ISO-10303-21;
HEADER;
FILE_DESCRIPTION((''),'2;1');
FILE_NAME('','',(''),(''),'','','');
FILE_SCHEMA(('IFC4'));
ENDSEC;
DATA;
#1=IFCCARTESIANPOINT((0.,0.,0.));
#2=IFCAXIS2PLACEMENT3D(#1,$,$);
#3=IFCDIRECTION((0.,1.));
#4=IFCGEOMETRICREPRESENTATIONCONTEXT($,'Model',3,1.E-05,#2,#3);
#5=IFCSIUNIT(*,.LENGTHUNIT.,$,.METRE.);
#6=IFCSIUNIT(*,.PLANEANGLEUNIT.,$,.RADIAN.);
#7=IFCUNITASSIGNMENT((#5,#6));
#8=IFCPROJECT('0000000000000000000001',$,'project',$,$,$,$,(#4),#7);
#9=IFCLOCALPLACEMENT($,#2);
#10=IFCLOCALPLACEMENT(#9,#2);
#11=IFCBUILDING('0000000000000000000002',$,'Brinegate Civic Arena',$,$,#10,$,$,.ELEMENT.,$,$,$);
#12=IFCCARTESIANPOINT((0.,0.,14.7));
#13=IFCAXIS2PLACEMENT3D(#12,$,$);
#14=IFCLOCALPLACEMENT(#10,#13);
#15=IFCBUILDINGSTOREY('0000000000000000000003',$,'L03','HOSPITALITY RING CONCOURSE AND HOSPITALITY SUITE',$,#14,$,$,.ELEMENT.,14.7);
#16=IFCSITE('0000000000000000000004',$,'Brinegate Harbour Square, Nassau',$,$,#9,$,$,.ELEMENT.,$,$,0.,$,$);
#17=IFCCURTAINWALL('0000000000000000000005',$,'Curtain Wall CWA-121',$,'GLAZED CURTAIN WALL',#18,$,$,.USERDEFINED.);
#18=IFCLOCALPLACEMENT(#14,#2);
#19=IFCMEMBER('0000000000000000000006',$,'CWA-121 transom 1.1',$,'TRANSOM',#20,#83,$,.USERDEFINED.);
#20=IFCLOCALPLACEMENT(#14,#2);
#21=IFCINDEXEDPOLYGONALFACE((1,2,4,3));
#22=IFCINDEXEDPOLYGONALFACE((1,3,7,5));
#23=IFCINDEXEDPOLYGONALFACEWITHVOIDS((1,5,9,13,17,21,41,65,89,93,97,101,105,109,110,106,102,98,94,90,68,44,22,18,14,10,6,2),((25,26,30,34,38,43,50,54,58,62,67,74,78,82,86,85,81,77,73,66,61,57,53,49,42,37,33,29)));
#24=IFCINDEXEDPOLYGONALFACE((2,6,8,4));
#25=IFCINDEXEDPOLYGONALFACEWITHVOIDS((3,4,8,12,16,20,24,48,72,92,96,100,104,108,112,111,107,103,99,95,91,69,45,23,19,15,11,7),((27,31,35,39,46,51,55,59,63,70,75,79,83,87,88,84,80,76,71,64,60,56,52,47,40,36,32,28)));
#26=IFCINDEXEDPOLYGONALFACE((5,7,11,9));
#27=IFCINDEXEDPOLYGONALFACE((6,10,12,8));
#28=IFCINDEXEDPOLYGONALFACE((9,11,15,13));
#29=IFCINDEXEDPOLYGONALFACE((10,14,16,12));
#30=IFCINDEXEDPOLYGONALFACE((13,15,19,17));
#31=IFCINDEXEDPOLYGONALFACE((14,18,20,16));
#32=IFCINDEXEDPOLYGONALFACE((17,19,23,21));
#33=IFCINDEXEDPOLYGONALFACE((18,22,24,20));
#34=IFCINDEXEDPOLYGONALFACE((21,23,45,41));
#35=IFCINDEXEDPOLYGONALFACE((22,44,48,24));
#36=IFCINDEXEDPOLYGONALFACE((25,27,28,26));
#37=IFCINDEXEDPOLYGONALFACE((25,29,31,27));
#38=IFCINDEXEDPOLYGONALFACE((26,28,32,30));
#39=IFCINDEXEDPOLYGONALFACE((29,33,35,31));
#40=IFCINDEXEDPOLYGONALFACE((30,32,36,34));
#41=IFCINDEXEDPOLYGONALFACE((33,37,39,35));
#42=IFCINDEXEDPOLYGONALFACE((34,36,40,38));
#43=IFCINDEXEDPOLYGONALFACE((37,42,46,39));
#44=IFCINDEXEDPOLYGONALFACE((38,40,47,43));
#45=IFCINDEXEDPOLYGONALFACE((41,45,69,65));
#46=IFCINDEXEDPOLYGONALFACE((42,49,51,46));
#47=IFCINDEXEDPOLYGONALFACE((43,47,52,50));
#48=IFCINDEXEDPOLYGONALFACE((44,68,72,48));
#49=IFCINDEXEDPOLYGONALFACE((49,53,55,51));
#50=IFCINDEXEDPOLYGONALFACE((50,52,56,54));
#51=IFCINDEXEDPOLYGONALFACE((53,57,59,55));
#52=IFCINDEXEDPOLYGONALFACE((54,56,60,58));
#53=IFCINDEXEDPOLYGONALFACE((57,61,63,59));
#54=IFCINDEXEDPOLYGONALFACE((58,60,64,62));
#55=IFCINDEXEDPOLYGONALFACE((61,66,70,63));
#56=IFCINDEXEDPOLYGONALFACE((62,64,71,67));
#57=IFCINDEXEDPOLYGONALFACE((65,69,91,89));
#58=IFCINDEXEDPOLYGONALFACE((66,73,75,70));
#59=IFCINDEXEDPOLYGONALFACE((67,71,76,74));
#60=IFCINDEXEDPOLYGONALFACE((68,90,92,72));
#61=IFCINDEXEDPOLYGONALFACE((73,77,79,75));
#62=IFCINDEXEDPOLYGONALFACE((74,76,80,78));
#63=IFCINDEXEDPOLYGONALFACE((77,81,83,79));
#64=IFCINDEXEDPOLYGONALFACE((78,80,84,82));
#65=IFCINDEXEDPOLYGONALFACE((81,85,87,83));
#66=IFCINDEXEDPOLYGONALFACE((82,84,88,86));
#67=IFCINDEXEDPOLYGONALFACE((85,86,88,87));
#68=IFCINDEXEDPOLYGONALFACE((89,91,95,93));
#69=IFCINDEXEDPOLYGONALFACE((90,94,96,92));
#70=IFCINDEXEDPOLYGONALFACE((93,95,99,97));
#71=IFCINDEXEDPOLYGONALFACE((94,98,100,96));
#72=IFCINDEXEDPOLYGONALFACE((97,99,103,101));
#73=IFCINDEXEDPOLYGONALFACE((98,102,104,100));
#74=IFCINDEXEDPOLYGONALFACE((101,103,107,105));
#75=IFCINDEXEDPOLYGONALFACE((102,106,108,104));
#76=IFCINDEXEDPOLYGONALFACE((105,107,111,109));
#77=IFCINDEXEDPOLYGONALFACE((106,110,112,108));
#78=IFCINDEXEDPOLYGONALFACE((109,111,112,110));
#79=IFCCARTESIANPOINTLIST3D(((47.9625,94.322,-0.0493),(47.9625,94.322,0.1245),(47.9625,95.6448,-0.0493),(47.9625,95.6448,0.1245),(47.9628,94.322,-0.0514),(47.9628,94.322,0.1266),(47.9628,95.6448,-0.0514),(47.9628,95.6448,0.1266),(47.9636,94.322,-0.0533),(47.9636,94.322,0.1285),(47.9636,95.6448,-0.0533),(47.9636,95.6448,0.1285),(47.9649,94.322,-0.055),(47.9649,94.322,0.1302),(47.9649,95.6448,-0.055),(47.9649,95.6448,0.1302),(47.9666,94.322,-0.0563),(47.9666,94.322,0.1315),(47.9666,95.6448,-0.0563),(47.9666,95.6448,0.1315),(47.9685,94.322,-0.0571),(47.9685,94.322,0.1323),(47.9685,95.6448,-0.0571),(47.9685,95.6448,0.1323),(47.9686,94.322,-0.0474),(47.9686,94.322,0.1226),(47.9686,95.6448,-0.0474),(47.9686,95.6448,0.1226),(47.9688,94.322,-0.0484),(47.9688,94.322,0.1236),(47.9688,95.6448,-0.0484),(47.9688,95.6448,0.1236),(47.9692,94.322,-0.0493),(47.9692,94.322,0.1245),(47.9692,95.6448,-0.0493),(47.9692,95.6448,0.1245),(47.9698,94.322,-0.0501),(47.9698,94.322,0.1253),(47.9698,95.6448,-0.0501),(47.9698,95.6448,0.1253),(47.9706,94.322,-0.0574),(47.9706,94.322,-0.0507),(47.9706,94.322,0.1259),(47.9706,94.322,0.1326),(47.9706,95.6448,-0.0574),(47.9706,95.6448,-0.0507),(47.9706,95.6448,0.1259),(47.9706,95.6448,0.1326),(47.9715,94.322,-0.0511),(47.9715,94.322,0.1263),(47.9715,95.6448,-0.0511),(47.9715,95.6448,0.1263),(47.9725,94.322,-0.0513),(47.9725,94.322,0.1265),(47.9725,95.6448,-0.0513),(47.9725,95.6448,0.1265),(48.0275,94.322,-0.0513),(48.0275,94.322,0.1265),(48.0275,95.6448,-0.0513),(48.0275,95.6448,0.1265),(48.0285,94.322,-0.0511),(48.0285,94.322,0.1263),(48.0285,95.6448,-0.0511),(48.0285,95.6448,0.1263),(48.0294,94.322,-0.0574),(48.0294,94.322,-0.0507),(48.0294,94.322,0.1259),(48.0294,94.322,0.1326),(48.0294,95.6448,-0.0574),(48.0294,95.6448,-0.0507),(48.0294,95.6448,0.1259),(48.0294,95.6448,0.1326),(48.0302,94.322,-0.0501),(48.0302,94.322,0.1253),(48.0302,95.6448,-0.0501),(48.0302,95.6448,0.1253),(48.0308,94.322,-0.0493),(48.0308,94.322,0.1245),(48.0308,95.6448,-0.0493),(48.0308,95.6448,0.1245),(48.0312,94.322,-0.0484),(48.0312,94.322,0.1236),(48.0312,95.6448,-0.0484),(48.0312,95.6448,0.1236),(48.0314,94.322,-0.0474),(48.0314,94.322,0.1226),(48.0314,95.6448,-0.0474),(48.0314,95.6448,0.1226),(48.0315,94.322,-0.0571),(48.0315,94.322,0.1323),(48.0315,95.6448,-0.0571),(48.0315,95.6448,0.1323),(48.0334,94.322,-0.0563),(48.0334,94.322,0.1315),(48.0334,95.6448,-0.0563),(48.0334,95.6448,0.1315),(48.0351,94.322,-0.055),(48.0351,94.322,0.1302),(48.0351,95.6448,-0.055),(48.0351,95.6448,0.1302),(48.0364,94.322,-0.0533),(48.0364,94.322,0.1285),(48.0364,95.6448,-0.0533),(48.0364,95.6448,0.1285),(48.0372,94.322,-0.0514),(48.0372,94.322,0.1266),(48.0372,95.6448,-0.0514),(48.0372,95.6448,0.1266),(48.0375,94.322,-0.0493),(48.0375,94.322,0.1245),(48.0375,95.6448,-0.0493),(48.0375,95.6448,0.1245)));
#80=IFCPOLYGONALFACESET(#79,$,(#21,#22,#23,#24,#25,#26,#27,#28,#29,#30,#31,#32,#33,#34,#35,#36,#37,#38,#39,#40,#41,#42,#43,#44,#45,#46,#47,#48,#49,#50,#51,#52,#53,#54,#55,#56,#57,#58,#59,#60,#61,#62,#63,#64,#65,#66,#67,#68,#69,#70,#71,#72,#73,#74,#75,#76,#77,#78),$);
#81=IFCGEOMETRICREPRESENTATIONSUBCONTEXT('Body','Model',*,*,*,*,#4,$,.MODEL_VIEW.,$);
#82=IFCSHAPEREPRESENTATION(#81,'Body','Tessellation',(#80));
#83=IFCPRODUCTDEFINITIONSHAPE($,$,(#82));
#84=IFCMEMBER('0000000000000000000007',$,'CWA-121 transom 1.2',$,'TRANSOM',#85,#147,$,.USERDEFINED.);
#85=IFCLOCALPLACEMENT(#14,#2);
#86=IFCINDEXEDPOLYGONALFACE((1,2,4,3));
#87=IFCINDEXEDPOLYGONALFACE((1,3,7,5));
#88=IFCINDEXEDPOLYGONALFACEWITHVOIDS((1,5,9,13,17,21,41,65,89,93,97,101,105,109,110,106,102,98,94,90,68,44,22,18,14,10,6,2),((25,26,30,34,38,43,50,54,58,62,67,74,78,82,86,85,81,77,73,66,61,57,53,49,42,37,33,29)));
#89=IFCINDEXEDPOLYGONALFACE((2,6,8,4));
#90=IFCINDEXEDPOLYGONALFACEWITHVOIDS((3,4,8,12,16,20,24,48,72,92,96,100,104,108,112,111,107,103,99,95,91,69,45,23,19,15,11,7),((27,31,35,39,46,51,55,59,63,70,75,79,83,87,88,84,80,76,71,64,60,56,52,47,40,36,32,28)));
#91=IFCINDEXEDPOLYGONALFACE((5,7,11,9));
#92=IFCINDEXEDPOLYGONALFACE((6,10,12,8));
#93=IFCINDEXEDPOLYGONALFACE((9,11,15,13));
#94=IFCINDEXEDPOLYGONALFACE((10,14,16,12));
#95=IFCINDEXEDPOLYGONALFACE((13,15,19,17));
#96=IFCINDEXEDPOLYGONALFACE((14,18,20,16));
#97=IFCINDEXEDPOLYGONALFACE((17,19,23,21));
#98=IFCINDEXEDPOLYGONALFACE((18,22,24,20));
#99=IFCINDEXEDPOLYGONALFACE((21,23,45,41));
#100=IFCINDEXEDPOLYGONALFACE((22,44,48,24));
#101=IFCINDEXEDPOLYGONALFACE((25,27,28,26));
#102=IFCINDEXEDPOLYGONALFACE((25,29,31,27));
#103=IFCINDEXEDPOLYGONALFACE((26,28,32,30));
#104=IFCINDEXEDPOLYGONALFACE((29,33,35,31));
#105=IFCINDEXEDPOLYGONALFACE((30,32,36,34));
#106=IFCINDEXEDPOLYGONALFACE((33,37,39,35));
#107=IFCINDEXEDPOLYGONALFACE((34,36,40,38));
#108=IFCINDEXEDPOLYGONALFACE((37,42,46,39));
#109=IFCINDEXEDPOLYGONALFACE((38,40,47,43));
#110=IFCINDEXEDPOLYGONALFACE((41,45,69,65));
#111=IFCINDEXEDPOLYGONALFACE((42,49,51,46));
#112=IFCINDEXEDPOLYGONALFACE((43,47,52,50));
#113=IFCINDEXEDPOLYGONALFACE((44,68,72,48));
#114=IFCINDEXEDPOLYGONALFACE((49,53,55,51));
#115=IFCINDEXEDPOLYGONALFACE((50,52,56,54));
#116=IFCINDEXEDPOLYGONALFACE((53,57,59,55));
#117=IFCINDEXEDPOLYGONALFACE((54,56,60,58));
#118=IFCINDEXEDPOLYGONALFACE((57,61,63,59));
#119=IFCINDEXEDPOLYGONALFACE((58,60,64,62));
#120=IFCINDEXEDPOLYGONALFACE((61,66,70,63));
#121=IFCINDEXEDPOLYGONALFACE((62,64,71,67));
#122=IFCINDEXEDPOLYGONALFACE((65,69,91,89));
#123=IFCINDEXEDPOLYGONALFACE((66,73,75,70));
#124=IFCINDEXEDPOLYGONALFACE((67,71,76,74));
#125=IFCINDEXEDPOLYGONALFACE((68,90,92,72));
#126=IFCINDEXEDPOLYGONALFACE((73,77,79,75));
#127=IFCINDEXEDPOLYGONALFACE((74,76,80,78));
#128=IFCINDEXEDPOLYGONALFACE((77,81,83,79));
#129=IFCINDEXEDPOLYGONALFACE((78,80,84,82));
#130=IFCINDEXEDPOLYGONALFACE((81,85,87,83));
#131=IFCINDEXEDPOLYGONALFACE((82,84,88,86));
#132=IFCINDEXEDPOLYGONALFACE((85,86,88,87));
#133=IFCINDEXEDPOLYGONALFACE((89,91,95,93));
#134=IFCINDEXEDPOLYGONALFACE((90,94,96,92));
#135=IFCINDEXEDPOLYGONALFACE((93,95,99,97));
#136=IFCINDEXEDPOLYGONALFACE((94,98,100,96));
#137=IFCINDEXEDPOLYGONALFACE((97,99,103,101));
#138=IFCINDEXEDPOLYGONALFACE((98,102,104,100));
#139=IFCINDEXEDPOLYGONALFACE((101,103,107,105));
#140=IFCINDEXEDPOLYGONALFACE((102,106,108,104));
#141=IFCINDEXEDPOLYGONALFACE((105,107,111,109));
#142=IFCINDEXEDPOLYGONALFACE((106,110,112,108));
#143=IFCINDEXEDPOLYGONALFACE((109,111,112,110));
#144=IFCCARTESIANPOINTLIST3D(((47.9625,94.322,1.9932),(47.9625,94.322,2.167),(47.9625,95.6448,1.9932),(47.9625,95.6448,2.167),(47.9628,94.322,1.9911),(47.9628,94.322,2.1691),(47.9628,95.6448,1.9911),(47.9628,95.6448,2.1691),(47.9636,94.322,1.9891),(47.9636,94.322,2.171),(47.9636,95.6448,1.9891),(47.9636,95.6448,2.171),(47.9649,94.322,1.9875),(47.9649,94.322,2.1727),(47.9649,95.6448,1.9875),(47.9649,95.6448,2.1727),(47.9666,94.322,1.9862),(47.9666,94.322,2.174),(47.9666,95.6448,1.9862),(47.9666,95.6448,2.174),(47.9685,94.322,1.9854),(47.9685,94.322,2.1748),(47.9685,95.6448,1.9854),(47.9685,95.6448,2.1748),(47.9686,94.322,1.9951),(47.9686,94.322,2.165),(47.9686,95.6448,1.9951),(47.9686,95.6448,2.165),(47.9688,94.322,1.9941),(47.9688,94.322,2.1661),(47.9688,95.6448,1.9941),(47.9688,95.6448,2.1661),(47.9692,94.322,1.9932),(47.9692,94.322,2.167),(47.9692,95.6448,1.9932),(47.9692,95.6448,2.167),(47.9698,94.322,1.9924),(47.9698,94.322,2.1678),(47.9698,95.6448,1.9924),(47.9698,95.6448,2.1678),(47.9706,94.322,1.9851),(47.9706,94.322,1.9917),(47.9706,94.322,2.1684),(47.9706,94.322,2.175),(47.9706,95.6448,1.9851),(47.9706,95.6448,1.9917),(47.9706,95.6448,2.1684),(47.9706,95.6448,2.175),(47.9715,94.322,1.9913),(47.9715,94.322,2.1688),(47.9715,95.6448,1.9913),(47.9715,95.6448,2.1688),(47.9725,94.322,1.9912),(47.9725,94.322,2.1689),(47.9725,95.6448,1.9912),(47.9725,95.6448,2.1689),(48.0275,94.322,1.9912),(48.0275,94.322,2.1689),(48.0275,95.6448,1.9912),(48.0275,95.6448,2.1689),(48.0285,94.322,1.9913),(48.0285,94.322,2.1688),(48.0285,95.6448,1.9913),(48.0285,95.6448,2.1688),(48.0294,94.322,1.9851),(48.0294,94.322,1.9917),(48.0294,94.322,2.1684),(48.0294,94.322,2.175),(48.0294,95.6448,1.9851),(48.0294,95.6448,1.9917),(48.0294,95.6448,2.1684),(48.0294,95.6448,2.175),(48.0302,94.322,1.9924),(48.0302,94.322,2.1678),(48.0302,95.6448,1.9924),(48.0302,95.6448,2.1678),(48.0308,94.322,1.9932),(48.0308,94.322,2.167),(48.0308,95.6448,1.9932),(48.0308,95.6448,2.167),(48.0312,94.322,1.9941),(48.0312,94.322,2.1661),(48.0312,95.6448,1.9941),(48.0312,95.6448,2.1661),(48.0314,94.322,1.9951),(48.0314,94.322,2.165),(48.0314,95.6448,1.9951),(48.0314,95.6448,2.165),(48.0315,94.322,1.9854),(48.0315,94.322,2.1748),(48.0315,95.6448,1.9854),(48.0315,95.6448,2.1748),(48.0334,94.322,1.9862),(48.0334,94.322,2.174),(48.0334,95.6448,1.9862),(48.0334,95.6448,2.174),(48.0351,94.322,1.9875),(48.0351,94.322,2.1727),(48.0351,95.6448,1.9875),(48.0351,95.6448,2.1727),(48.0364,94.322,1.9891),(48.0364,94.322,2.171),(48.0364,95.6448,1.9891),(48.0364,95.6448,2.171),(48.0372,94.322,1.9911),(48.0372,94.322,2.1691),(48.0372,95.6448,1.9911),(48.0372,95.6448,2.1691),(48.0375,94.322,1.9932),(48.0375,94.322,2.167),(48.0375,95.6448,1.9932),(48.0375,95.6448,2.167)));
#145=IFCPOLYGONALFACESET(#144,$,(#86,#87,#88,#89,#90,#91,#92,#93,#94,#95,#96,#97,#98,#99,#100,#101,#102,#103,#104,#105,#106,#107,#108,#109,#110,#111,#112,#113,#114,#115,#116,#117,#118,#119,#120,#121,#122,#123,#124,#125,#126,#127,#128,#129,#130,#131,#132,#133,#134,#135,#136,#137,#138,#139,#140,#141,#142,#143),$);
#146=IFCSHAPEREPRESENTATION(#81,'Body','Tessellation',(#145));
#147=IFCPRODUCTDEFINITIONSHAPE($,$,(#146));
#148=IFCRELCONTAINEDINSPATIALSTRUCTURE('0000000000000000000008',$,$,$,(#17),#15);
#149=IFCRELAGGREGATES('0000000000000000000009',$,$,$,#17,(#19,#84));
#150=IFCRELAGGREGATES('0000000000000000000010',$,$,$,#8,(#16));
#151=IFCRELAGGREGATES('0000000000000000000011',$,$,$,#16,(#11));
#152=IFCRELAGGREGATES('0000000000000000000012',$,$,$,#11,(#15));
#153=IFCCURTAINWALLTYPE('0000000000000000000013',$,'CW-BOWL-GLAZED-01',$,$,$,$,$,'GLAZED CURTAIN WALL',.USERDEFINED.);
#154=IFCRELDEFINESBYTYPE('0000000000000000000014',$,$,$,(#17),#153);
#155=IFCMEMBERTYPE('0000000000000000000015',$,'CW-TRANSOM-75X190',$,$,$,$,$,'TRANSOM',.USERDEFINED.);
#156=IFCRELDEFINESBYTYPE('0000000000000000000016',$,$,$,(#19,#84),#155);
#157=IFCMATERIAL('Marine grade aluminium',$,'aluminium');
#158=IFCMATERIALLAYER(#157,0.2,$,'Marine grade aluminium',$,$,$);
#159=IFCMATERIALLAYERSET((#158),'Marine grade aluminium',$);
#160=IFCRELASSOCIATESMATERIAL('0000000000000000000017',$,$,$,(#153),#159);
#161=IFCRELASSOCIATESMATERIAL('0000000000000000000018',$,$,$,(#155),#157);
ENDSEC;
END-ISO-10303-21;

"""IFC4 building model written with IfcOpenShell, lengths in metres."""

from ifc_helpers import new_model, si_unit, direction, frame, origin, origin_2d, place, context, subcontext, project, spatial, hollow_rectangle, extrude, material, layer, layer_set, material_profile, profile_set, type_object, element, aggregate, save


model = new_model("IFC4")

# Units and contexts
model_context = context("Model", 3, precision=1e-05, world=origin(), true_north=direction((0.0, 1.0)))
body_context = subcontext(model_context, "Body", "Model", "MODEL_VIEW")
ifc_project = project(units=[si_unit("LENGTHUNIT", "METRE"), si_unit("PLANEANGLEUNIT", "RADIAN")], contexts=[model_context])

# Site, building, storey
site_placement = place(None, origin())
site = spatial("IfcSite", under=ifc_project, at=site_placement, Name="Brinegate Harbour Square, Nassau", CompositionType="ELEMENT", RefElevation=0.0)
building_placement = place(site_placement, origin())
building = spatial("IfcBuilding", under=site, at=building_placement, Name="Brinegate Civic Arena", CompositionType="ELEMENT")
storey_placement = place(building_placement, frame((0.0, 0.0, 14.7)))
storey = spatial("IfcBuildingStorey", under=building, at=storey_placement, Name="L03", Description="HOSPITALITY RING CONCOURSE AND HOSPITALITY SUITE", CompositionType="ELEMENT", Elevation=14.7)

# Curtain wall
ifc_material_1 = material(Name="Marine grade aluminium", Category="aluminium")
ifc_layer_1 = layer(ifc_material_1, 0.2, Name="Marine grade aluminium")
ifc_layer_set_1 = layer_set([ifc_layer_1], Name="Marine grade aluminium")
curtain_wall_type = type_object("IfcCurtainWallType", Name="CW-BOWL-GLAZED-01", ElementType="GLAZED CURTAIN WALL", PredefinedType="USERDEFINED", material=ifc_layer_set_1)
curtain_wall_1_placement = place(storey_placement, origin())
curtain_wall_1 = element("IfcCurtainWall", 1, at=curtain_wall_1_placement, inside=storey, type_object=curtain_wall_type, Name="Curtain Wall CWA-121", ObjectType="GLAZED CURTAIN WALL", PredefinedType="USERDEFINED")

# Members
ifc_material_profile_1 = material_profile(ifc_material_1, hollow_rectangle(XDim=0.075, YDim=0.1899, WallThickness=0.0061, InnerFilletRadius=0.0039, OuterFilletRadius=0.0081, at=origin_2d()), Name="TRN75X190")
ifc_profile_set_1 = profile_set([ifc_material_profile_1], Name="Marine grade aluminium")
member_type_1 = type_object("IfcMemberType", Name="CW-TRANSOM-75X190", ElementType="TRANSOM", PredefinedType="USERDEFINED", material=ifc_profile_set_1)
member_1_placement = place(storey_placement, frame((48.0, 94.322, 0.0376), z_axis=(0.0, 1.0, 0.0), x_axis=(-1.0, 0.0, 0.0)))
member_1 = element("IfcMember", 2, at=member_1_placement, type_object=member_type_1, Name="CWA-121 transom 1.1", ObjectType="TRANSOM", PredefinedType="USERDEFINED", context=body_context, shape_type="SweptSolid", body=[
    extrude(hollow_rectangle(XDim=0.075, YDim=0.1899, WallThickness=0.0061, InnerFilletRadius=0.0039, OuterFilletRadius=0.0081, at=origin_2d()), origin(), (0.0, 0.0, 1.0), 1.3228),
])
member_2_placement = place(storey_placement, frame((48.0, 94.322, 2.0801), z_axis=(0.0, 1.0, 0.0), x_axis=(-1.0, 0.0, 0.0)))
member_2 = element("IfcMember", 3, at=member_2_placement, type_object=member_type_1, Name="CWA-121 transom 1.2", ObjectType="TRANSOM", PredefinedType="USERDEFINED", context=body_context, shape_type="SweptSolid", body=[
    extrude(hollow_rectangle(XDim=0.075, YDim=0.1899, WallThickness=0.0061, InnerFilletRadius=0.0039, OuterFilletRadius=0.0081, at=origin_2d()), origin(), (0.0, 0.0, 1.0), 1.3228),
])

aggregate(curtain_wall_1, [member_1, member_2])

save(model, "model.ifc")
